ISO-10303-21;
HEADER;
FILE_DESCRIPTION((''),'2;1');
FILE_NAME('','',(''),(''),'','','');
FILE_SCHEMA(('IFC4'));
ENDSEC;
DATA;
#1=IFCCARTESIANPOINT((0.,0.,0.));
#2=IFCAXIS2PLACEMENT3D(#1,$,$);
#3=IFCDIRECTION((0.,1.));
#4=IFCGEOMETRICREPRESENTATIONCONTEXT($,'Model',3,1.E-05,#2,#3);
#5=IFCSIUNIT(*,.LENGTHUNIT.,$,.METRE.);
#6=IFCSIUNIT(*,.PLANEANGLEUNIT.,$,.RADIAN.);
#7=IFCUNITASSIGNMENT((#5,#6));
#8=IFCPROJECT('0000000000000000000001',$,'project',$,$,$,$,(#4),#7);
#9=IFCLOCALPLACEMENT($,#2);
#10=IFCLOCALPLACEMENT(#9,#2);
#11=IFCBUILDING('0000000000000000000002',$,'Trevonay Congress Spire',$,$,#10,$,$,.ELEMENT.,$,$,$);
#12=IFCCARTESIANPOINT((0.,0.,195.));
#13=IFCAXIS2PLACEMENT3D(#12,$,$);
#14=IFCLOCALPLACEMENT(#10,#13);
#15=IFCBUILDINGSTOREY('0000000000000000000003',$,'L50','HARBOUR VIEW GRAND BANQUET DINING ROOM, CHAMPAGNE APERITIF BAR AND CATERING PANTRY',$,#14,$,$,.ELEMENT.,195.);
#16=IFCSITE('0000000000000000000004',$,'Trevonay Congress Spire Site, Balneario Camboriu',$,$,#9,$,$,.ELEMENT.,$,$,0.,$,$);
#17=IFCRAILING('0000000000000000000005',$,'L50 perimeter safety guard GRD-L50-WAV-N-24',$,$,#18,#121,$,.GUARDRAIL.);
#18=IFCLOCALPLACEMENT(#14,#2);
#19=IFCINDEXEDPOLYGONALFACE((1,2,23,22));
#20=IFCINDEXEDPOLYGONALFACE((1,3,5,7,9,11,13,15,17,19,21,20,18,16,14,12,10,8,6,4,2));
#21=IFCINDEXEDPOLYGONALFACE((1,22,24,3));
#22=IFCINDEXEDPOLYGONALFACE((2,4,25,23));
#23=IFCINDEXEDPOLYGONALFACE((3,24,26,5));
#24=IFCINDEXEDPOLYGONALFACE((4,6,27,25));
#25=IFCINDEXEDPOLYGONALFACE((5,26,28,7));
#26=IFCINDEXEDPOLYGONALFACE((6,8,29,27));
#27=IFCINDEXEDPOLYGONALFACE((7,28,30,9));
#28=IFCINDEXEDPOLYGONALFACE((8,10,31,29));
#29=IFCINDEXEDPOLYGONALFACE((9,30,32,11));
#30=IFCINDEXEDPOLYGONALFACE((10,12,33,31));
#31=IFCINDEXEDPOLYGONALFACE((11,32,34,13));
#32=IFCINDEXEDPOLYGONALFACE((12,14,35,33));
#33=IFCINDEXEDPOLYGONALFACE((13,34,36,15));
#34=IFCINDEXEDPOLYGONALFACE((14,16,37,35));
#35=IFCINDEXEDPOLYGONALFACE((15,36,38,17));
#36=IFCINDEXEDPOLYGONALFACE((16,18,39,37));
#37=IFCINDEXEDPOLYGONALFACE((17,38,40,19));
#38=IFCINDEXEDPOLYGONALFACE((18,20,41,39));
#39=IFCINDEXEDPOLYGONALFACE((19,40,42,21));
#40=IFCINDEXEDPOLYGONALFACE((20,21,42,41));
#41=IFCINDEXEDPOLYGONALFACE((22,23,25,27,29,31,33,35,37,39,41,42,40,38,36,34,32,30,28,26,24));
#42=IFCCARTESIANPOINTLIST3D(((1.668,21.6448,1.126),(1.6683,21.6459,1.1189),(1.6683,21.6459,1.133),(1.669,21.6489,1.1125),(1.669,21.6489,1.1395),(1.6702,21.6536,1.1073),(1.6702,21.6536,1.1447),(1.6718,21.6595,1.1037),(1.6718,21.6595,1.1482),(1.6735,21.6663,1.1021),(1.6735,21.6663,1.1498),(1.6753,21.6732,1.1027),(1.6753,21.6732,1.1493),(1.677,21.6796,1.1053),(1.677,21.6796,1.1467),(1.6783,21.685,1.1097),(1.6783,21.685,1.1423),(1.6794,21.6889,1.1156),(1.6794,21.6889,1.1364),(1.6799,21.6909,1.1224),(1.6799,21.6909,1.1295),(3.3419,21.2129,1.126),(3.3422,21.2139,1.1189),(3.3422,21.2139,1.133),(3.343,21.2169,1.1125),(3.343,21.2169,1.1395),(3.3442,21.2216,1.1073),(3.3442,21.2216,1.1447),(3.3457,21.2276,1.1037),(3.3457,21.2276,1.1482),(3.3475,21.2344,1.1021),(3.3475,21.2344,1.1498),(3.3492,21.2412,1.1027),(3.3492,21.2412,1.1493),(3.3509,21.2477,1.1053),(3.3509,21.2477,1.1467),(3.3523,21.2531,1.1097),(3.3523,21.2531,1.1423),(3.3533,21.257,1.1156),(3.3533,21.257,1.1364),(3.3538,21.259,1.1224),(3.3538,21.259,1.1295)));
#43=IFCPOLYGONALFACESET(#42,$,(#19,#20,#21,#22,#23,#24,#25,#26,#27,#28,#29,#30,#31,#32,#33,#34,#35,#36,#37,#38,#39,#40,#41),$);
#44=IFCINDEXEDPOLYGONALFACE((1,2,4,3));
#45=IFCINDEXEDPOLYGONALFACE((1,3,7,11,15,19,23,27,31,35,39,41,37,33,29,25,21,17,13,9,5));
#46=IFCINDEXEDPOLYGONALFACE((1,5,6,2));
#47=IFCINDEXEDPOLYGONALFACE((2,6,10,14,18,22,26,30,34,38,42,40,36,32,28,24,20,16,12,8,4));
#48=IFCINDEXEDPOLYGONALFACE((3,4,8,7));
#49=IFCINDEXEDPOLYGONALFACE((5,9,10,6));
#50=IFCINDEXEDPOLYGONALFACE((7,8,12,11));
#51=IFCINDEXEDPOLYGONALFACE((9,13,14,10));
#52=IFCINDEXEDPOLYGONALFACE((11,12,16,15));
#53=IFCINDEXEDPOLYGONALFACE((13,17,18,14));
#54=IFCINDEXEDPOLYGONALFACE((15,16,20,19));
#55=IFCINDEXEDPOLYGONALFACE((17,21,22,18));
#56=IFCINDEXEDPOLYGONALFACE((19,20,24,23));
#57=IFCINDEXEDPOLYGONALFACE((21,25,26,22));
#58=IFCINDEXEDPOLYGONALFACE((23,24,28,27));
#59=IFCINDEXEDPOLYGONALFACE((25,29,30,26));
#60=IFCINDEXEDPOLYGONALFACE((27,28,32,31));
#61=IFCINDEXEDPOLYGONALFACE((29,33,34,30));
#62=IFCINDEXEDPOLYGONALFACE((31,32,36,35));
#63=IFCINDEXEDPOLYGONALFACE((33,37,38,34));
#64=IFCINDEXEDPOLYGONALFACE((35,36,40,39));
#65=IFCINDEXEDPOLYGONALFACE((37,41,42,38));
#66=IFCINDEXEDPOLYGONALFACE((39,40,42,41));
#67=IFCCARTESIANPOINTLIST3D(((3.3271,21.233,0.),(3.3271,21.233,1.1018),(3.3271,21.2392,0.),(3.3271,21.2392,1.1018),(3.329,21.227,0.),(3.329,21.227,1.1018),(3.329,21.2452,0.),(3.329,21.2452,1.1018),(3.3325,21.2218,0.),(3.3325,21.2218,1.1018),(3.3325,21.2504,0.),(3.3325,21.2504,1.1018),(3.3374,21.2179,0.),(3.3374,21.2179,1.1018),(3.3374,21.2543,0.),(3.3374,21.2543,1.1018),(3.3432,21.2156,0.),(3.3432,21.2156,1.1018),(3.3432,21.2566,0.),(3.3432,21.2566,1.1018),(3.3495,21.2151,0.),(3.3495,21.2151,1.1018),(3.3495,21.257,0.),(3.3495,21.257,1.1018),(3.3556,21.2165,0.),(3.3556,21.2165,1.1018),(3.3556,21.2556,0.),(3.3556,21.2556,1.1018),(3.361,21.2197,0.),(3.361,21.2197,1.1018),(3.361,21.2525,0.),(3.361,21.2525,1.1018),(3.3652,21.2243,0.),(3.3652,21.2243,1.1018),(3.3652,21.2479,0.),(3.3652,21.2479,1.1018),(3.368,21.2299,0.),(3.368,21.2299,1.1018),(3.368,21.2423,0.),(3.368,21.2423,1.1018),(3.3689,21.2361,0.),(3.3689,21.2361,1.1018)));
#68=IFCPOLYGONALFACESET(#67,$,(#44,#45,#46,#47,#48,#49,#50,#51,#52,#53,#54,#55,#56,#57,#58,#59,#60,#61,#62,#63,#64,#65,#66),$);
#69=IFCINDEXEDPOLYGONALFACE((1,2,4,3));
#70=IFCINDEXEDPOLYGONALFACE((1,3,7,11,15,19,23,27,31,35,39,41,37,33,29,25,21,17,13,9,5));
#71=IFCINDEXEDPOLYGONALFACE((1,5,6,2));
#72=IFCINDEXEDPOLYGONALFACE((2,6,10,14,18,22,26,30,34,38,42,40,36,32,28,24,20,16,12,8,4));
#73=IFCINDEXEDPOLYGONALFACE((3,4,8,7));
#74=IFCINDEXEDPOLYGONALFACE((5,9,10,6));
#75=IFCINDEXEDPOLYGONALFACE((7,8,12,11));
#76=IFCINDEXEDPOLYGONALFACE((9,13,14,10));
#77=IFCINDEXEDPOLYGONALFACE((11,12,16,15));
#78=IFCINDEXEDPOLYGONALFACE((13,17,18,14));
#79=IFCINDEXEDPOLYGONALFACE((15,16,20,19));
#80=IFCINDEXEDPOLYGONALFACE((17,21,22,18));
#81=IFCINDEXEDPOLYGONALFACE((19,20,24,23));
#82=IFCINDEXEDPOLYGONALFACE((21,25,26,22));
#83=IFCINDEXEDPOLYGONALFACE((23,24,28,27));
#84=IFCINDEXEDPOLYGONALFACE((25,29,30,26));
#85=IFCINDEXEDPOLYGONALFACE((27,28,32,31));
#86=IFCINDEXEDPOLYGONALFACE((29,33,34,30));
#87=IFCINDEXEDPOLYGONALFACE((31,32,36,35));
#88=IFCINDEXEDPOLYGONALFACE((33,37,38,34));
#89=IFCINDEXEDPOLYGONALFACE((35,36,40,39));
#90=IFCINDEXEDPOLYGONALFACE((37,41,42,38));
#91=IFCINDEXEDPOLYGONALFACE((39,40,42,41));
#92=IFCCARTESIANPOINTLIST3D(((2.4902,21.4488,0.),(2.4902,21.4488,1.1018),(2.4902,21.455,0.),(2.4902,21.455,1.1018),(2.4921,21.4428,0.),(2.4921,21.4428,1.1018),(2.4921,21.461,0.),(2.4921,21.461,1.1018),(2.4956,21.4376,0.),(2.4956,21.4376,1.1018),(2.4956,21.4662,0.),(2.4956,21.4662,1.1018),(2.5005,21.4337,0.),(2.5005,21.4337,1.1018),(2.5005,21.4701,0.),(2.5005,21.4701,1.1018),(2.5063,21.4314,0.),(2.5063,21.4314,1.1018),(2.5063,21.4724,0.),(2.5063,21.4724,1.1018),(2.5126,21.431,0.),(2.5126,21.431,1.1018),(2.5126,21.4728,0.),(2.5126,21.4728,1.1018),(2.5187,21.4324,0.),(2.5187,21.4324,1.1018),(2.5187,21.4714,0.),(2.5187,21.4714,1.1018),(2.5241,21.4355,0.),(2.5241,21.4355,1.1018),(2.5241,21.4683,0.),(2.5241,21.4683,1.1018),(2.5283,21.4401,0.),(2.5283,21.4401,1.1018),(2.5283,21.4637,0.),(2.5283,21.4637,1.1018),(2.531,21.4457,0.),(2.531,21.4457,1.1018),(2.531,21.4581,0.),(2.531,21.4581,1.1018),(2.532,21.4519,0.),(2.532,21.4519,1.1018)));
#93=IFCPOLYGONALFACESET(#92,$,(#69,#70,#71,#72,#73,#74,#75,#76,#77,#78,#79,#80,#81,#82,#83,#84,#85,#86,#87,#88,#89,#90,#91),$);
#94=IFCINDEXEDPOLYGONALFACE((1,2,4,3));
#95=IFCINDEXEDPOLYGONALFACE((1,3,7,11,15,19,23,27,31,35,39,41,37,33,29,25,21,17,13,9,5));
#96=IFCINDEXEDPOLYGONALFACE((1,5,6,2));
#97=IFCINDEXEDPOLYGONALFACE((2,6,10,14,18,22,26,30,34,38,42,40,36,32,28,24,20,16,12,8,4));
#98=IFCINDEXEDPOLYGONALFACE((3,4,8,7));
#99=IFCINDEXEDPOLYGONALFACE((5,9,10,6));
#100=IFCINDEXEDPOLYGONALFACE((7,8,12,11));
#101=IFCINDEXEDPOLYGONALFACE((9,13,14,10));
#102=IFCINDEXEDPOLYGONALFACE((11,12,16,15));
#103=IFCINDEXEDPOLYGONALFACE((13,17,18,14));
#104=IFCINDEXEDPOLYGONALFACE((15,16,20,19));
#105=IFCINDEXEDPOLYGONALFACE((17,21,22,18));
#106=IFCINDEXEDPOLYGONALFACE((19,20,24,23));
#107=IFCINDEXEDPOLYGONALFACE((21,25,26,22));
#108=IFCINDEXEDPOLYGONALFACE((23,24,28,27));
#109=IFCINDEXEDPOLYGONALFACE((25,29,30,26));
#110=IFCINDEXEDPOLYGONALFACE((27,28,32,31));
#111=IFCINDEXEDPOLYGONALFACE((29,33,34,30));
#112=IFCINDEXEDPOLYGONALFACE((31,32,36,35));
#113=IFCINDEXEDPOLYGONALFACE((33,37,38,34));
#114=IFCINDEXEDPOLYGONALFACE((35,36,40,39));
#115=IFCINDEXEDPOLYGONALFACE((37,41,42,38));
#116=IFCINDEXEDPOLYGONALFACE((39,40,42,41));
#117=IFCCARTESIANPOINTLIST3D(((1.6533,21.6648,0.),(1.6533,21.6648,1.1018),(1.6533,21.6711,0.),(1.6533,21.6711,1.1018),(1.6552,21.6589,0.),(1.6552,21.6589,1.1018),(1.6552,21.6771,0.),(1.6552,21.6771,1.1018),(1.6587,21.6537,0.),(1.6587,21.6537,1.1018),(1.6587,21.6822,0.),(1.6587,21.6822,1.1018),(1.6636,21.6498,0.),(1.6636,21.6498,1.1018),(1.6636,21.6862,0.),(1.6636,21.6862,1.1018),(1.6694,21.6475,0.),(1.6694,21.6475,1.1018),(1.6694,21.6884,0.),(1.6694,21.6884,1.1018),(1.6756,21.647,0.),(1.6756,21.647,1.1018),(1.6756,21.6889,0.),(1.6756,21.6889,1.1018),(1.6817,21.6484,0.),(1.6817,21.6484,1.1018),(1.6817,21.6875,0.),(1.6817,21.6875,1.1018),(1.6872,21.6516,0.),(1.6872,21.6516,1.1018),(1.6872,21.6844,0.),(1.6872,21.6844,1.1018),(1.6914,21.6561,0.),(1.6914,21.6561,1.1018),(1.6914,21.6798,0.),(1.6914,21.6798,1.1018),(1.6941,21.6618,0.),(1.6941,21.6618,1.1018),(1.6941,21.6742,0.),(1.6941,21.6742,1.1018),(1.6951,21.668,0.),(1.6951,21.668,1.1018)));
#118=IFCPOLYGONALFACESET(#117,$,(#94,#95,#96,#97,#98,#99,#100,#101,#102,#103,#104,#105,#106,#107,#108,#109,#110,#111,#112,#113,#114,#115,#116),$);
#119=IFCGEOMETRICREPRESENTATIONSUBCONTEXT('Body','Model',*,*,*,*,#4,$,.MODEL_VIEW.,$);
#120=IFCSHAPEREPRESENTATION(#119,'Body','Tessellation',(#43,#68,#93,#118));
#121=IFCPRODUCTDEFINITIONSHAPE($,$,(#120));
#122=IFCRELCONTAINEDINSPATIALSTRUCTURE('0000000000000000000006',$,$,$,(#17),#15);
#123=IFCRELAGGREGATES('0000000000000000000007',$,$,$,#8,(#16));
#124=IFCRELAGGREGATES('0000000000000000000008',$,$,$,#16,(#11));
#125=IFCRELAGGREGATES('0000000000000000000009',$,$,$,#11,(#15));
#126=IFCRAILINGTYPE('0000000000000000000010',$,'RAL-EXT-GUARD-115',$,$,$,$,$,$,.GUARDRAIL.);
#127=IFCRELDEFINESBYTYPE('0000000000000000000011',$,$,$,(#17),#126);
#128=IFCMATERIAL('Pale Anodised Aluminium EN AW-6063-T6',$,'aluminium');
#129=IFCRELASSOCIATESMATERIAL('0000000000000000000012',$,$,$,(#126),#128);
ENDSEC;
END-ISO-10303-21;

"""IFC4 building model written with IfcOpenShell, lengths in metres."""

from ifc_helpers import new_model, si_unit, direction, frame, origin, origin_2d, place, context, subcontext, project, spatial, circle, extrude, material, type_object, element, save


model = new_model("IFC4")

# Units and contexts
model_context = context("Model", 3, precision=1e-05, world=origin(), true_north=direction((0.0, 1.0)))
body_context = subcontext(model_context, "Body", "Model", "MODEL_VIEW")
ifc_project = project(units=[si_unit("LENGTHUNIT", "METRE"), si_unit("PLANEANGLEUNIT", "RADIAN")], contexts=[model_context])

# Site, building, storey
site_placement = place(None, origin())
site = spatial("IfcSite", under=ifc_project, at=site_placement, Name="Trevonay Congress Spire Site, Balneario Camboriu", CompositionType="ELEMENT", RefElevation=0.0)
building_placement = place(site_placement, origin())
building = spatial("IfcBuilding", under=site, at=building_placement, Name="Trevonay Congress Spire", CompositionType="ELEMENT")
storey_placement = place(building_placement, frame((0.0, 0.0, 195.0)))
storey = spatial("IfcBuildingStorey", under=building, at=storey_placement, Name="L50", Description="HARBOUR VIEW GRAND BANQUET DINING ROOM, CHAMPAGNE APERITIF BAR AND CATERING PANTRY", CompositionType="ELEMENT", Elevation=195.0)

# Shared definitions
ifc_material_1 = material(Name="Pale Anodised Aluminium EN AW-6063-T6", Category="aluminium")

# Railing
railing_type = type_object("IfcRailingType", Name="RAL-EXT-GUARD-115", PredefinedType="GUARDRAIL", material=ifc_material_1)
railing_1_placement = place(storey_placement, frame((3.3479, 21.2361, 0.0)))
element("IfcRailing", 1, at=railing_1_placement, inside=storey, type_object=railing_type, Name="L50 perimeter safety guard GRD-L50-WAV-N-24", PredefinedType="GUARDRAIL", context=body_context, shape_type="SweptSolid", body=[
    extrude(circle(Radius=0.0239, at=origin_2d()), frame((0.0, 0.0, 1.126), z_axis=(-0.968287, 0.24984, 0.0), x_axis=(-0.24984, -0.968287, 0.0)), (0.0, 0.0, 1.0), 1.7288),
    extrude(circle(Radius=0.021, at=origin_2d()), origin(), (0.0, 0.0, 1.0), 1.1018),
    extrude(circle(Radius=0.021, at=origin_2d()), frame((-0.8369, 0.2158, 0.0)), (0.0, 0.0, 1.0), 1.1018),
    extrude(circle(Radius=0.021, at=origin_2d()), frame((-1.6738, 0.4319, 0.0)), (0.0, 0.0, 1.0), 1.1018),
])

save(model, "model.ifc")
